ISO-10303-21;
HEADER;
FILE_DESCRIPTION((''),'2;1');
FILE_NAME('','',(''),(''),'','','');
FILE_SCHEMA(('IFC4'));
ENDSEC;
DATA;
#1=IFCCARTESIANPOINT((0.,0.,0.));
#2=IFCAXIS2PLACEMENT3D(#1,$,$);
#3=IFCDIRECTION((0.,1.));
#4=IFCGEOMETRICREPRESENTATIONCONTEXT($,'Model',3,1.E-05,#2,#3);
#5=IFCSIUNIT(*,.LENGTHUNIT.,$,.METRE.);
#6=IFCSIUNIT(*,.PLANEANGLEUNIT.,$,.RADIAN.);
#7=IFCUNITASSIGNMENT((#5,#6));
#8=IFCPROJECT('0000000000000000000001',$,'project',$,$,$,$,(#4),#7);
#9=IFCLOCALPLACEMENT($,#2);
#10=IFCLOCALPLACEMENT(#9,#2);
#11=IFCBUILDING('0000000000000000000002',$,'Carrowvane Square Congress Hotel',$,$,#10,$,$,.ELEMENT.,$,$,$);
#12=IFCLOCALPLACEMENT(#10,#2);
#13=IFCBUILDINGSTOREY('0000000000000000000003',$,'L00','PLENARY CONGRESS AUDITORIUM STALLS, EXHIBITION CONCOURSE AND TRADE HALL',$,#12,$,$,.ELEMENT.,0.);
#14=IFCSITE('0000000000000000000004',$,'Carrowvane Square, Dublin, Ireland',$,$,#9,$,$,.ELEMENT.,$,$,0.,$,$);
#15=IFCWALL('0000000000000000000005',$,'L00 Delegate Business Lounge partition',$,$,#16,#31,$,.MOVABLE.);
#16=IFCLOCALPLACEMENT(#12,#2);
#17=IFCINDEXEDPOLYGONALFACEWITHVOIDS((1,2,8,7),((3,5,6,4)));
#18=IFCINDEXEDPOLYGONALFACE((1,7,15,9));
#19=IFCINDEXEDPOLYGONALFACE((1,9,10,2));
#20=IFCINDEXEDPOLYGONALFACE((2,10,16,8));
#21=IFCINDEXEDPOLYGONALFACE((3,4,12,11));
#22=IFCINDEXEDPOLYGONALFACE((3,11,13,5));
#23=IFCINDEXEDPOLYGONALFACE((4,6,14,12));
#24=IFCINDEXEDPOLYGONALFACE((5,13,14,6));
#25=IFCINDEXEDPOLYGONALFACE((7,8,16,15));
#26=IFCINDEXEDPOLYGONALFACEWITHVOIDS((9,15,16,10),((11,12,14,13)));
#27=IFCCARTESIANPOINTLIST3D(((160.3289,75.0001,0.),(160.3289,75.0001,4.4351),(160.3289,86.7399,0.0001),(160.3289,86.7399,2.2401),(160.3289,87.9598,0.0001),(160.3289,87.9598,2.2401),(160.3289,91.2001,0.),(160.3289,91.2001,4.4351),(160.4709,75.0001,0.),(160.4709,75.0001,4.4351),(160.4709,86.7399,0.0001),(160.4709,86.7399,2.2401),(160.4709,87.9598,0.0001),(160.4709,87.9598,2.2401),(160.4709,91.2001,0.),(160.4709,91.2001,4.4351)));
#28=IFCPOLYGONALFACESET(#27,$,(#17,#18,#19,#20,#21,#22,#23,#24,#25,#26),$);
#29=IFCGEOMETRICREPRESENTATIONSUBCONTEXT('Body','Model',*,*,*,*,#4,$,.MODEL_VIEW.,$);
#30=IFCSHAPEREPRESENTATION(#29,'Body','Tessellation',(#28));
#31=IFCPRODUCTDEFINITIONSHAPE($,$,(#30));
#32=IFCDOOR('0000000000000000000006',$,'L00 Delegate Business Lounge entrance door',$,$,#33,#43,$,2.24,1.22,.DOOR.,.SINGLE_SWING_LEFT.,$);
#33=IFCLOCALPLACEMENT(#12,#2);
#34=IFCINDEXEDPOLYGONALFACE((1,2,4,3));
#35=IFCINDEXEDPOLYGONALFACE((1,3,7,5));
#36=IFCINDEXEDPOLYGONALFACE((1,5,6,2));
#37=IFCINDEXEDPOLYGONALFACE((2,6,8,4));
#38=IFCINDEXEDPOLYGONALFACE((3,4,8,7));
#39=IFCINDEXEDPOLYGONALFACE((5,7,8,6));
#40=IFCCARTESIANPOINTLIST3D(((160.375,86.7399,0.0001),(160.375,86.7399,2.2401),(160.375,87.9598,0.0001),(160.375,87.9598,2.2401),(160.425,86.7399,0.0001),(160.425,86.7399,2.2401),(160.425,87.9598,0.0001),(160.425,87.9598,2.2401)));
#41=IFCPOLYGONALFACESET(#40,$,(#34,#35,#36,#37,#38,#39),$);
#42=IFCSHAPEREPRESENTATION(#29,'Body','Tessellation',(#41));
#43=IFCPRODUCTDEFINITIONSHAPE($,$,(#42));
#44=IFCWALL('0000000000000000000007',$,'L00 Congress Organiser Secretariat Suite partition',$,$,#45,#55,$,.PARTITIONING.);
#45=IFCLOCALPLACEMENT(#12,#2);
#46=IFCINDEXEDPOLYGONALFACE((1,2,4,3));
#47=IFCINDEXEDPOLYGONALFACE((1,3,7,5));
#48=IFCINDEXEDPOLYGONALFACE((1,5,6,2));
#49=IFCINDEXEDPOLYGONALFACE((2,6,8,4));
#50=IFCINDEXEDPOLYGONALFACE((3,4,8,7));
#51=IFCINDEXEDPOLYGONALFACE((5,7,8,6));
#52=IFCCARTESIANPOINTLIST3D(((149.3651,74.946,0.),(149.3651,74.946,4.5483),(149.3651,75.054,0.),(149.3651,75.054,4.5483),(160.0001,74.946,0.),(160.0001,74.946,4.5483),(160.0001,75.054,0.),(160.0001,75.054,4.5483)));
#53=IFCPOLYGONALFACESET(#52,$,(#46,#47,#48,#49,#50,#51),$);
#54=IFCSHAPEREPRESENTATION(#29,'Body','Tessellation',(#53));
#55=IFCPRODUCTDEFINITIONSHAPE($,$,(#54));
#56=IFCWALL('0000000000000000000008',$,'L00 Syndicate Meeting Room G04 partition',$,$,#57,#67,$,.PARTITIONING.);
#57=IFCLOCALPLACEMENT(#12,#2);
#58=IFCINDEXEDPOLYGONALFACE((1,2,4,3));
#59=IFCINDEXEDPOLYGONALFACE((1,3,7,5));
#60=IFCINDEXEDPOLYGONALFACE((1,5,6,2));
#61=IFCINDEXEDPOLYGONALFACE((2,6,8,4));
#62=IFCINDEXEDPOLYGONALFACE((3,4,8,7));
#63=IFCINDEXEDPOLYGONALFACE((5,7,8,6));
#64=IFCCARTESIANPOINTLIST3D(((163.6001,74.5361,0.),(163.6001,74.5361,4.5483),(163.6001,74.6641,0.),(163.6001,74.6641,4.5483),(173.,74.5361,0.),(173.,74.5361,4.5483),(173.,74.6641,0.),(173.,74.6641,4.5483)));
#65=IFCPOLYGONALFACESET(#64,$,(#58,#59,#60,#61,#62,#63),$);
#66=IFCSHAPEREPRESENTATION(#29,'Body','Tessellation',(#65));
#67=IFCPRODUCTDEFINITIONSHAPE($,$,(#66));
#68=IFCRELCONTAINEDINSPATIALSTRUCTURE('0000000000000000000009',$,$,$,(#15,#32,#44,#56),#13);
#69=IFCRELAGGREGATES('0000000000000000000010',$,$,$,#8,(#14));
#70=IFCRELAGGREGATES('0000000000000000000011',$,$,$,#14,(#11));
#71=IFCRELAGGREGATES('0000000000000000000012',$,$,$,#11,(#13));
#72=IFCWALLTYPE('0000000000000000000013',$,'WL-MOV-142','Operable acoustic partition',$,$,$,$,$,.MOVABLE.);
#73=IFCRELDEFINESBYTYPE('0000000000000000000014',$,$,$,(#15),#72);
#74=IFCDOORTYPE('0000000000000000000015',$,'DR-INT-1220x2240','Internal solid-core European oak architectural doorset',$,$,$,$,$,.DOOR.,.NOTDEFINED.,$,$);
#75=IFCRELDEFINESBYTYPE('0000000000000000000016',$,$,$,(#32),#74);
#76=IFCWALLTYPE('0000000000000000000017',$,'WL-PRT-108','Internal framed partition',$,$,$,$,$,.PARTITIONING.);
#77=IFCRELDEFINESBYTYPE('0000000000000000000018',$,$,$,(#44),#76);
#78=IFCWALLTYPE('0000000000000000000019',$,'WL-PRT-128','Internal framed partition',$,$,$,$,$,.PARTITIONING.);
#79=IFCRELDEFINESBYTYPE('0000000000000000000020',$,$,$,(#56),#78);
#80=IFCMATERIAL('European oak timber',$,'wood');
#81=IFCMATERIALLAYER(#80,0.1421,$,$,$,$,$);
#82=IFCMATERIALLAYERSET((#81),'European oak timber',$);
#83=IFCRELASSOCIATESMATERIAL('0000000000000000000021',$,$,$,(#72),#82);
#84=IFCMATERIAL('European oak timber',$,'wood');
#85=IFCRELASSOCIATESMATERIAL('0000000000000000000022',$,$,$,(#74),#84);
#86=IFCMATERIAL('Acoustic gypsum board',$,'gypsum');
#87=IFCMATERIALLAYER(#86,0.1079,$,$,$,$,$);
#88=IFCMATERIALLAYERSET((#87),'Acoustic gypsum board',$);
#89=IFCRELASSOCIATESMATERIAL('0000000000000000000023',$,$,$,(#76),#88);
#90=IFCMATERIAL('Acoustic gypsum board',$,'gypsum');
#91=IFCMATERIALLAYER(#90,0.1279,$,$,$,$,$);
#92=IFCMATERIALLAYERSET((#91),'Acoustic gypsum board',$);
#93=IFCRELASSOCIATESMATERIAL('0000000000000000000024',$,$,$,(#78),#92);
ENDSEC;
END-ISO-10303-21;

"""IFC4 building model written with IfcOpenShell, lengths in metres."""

from ifc_helpers import new_model, si_unit, direction, frame, frame_2d, origin, place, context, subcontext, project, spatial, rectangle, extrude, material, layer, layer_set, type_object, element, fill, save


model = new_model("IFC4")

# Units and contexts
model_context = context("Model", 3, precision=1e-05, world=origin(), true_north=direction((0.0, 1.0)))
body_context = subcontext(model_context, "Body", "Model", "MODEL_VIEW")
ifc_project = project(units=[si_unit("LENGTHUNIT", "METRE"), si_unit("PLANEANGLEUNIT", "RADIAN")], contexts=[model_context])

# Site, building, storey
site_placement = place(None, origin())
site = spatial("IfcSite", under=ifc_project, at=site_placement, Name="Carrowvane Square, Dublin, Ireland", CompositionType="ELEMENT", RefElevation=0.0)
building_placement = place(site_placement, origin())
building = spatial("IfcBuilding", under=site, at=building_placement, Name="Carrowvane Square Congress Hotel", CompositionType="ELEMENT")
storey_placement = place(building_placement, origin())
storey = spatial("IfcBuildingStorey", under=building, at=storey_placement, Name="L00", Description="PLENARY CONGRESS AUDITORIUM STALLS, EXHIBITION CONCOURSE AND TRADE HALL", CompositionType="ELEMENT", Elevation=0.0)

# Shared definitions
ifc_material_1 = material(Name="European oak timber", Category="wood")
ifc_layer_1 = layer(ifc_material_1, 0.1421)
ifc_layer_set_1 = layer_set([ifc_layer_1], Name="European oak timber")
wall_type_1 = type_object("IfcWallType", Name="WL-MOV-142", Description="Operable acoustic partition", PredefinedType="MOVABLE", material=ifc_layer_set_1)

# Wall, opening, door
wall_1_placement = place(storey_placement, frame((160.3999, 75.0, 0.0), z_axis=(0.0, 0.0, 1.0), x_axis=(0.0, 1.0, 0.0)))
wall_1 = element("IfcWall", 1, at=wall_1_placement, inside=storey, type_object=wall_type_1, Name="L00 Delegate Business Lounge partition", PredefinedType="MOVABLE", context=body_context, shape_type="SweptSolid", body=[
    extrude(rectangle(XDim=16.2, YDim=0.1421, at=frame_2d((8.1001, 0.0))), origin(), (0.0, 0.0, 1.0), 4.4351),
])
opening_1_placement = place(wall_1_placement, frame((11.74, 0.0, 0.0)))
opening_1 = element("IfcOpeningElement", 2, at=opening_1_placement, cuts=wall_1, PredefinedType="OPENING", context=body_context, shape_type="SweptSolid", body=[
    extrude(rectangle(XDim=1.22, YDim=2.24, at=frame_2d((0.6099, 1.1201))), frame((0.0, 0.0811, 0.0), z_axis=(0.0, -1.0, 0.0), x_axis=(1.0, 0.0, 0.0)), (0.0, 0.0, 1.0), 0.1621),
])
ifc_material_2 = material(Name="European oak timber", Category="wood")
door_type_1 = type_object("IfcDoorType", Name="DR-INT-1220x2240", Description="Internal solid-core European oak architectural doorset", OperationType="NOTDEFINED", PredefinedType="DOOR", material=ifc_material_2)
door_1_placement = place(opening_1_placement, origin())
door_1 = element("IfcDoor", 3, at=door_1_placement, inside=storey, type_object=door_type_1, Name="L00 Delegate Business Lounge entrance door", OperationType="SINGLE_SWING_LEFT", OverallHeight=2.24, OverallWidth=1.22, PredefinedType="DOOR", context=body_context, shape_type="SweptSolid", body=[
    extrude(rectangle(XDim=1.22, YDim=2.24, at=frame_2d((0.6099, 1.1201))), frame((0.0, 0.0249, 0.0), z_axis=(0.0, -1.0, 0.0), x_axis=(1.0, 0.0, 0.0)), (0.0, 0.0, 1.0), 0.05),
])
fill(opening_1, door_1)

# Walls
ifc_material_3 = material(Name="Acoustic gypsum board", Category="gypsum")
ifc_layer_2 = layer(ifc_material_3, 0.1079)
ifc_layer_set_2 = layer_set([ifc_layer_2], Name="Acoustic gypsum board")
wall_type_2 = type_object("IfcWallType", Name="WL-PRT-108", Description="Internal framed partition", PredefinedType="PARTITIONING", material=ifc_layer_set_2)
wall_2_placement = place(storey_placement, frame((160.0, 75.0, 0.0), z_axis=(0.0, 0.0, 1.0), x_axis=(-1.0, 0.0, 0.0)))
element("IfcWall", 4, at=wall_2_placement, inside=storey, type_object=wall_type_2, Name="L00 Congress Organiser Secretariat Suite partition", PredefinedType="PARTITIONING", context=body_context, shape_type="SweptSolid", body=[
    extrude(rectangle(XDim=10.635, YDim=0.1079, at=frame_2d((5.3174, 0.0))), origin(), (0.0, 0.0, 1.0), 4.5483),
])
ifc_material_4 = material(Name="Acoustic gypsum board", Category="gypsum")
ifc_layer_3 = layer(ifc_material_4, 0.1279)
ifc_layer_set_3 = layer_set([ifc_layer_3], Name="Acoustic gypsum board")
wall_type_3 = type_object("IfcWallType", Name="WL-PRT-128", Description="Internal framed partition", PredefinedType="PARTITIONING", material=ifc_layer_set_3)
wall_3_placement = place(storey_placement, frame((163.6001, 74.6001, 0.0), z_axis=(0.0, 0.0, 1.0), x_axis=(1.0, 0.0, 0.0)))
element("IfcWall", 5, at=wall_3_placement, inside=storey, type_object=wall_type_3, Name="L00 Syndicate Meeting Room G04 partition", PredefinedType="PARTITIONING", context=body_context, shape_type="SweptSolid", body=[
    extrude(rectangle(XDim=9.3999, YDim=0.1279, at=frame_2d((4.7, 0.0))), origin(), (0.0, 0.0, 1.0), 4.5483),
])

save(model, "model.ifc")
